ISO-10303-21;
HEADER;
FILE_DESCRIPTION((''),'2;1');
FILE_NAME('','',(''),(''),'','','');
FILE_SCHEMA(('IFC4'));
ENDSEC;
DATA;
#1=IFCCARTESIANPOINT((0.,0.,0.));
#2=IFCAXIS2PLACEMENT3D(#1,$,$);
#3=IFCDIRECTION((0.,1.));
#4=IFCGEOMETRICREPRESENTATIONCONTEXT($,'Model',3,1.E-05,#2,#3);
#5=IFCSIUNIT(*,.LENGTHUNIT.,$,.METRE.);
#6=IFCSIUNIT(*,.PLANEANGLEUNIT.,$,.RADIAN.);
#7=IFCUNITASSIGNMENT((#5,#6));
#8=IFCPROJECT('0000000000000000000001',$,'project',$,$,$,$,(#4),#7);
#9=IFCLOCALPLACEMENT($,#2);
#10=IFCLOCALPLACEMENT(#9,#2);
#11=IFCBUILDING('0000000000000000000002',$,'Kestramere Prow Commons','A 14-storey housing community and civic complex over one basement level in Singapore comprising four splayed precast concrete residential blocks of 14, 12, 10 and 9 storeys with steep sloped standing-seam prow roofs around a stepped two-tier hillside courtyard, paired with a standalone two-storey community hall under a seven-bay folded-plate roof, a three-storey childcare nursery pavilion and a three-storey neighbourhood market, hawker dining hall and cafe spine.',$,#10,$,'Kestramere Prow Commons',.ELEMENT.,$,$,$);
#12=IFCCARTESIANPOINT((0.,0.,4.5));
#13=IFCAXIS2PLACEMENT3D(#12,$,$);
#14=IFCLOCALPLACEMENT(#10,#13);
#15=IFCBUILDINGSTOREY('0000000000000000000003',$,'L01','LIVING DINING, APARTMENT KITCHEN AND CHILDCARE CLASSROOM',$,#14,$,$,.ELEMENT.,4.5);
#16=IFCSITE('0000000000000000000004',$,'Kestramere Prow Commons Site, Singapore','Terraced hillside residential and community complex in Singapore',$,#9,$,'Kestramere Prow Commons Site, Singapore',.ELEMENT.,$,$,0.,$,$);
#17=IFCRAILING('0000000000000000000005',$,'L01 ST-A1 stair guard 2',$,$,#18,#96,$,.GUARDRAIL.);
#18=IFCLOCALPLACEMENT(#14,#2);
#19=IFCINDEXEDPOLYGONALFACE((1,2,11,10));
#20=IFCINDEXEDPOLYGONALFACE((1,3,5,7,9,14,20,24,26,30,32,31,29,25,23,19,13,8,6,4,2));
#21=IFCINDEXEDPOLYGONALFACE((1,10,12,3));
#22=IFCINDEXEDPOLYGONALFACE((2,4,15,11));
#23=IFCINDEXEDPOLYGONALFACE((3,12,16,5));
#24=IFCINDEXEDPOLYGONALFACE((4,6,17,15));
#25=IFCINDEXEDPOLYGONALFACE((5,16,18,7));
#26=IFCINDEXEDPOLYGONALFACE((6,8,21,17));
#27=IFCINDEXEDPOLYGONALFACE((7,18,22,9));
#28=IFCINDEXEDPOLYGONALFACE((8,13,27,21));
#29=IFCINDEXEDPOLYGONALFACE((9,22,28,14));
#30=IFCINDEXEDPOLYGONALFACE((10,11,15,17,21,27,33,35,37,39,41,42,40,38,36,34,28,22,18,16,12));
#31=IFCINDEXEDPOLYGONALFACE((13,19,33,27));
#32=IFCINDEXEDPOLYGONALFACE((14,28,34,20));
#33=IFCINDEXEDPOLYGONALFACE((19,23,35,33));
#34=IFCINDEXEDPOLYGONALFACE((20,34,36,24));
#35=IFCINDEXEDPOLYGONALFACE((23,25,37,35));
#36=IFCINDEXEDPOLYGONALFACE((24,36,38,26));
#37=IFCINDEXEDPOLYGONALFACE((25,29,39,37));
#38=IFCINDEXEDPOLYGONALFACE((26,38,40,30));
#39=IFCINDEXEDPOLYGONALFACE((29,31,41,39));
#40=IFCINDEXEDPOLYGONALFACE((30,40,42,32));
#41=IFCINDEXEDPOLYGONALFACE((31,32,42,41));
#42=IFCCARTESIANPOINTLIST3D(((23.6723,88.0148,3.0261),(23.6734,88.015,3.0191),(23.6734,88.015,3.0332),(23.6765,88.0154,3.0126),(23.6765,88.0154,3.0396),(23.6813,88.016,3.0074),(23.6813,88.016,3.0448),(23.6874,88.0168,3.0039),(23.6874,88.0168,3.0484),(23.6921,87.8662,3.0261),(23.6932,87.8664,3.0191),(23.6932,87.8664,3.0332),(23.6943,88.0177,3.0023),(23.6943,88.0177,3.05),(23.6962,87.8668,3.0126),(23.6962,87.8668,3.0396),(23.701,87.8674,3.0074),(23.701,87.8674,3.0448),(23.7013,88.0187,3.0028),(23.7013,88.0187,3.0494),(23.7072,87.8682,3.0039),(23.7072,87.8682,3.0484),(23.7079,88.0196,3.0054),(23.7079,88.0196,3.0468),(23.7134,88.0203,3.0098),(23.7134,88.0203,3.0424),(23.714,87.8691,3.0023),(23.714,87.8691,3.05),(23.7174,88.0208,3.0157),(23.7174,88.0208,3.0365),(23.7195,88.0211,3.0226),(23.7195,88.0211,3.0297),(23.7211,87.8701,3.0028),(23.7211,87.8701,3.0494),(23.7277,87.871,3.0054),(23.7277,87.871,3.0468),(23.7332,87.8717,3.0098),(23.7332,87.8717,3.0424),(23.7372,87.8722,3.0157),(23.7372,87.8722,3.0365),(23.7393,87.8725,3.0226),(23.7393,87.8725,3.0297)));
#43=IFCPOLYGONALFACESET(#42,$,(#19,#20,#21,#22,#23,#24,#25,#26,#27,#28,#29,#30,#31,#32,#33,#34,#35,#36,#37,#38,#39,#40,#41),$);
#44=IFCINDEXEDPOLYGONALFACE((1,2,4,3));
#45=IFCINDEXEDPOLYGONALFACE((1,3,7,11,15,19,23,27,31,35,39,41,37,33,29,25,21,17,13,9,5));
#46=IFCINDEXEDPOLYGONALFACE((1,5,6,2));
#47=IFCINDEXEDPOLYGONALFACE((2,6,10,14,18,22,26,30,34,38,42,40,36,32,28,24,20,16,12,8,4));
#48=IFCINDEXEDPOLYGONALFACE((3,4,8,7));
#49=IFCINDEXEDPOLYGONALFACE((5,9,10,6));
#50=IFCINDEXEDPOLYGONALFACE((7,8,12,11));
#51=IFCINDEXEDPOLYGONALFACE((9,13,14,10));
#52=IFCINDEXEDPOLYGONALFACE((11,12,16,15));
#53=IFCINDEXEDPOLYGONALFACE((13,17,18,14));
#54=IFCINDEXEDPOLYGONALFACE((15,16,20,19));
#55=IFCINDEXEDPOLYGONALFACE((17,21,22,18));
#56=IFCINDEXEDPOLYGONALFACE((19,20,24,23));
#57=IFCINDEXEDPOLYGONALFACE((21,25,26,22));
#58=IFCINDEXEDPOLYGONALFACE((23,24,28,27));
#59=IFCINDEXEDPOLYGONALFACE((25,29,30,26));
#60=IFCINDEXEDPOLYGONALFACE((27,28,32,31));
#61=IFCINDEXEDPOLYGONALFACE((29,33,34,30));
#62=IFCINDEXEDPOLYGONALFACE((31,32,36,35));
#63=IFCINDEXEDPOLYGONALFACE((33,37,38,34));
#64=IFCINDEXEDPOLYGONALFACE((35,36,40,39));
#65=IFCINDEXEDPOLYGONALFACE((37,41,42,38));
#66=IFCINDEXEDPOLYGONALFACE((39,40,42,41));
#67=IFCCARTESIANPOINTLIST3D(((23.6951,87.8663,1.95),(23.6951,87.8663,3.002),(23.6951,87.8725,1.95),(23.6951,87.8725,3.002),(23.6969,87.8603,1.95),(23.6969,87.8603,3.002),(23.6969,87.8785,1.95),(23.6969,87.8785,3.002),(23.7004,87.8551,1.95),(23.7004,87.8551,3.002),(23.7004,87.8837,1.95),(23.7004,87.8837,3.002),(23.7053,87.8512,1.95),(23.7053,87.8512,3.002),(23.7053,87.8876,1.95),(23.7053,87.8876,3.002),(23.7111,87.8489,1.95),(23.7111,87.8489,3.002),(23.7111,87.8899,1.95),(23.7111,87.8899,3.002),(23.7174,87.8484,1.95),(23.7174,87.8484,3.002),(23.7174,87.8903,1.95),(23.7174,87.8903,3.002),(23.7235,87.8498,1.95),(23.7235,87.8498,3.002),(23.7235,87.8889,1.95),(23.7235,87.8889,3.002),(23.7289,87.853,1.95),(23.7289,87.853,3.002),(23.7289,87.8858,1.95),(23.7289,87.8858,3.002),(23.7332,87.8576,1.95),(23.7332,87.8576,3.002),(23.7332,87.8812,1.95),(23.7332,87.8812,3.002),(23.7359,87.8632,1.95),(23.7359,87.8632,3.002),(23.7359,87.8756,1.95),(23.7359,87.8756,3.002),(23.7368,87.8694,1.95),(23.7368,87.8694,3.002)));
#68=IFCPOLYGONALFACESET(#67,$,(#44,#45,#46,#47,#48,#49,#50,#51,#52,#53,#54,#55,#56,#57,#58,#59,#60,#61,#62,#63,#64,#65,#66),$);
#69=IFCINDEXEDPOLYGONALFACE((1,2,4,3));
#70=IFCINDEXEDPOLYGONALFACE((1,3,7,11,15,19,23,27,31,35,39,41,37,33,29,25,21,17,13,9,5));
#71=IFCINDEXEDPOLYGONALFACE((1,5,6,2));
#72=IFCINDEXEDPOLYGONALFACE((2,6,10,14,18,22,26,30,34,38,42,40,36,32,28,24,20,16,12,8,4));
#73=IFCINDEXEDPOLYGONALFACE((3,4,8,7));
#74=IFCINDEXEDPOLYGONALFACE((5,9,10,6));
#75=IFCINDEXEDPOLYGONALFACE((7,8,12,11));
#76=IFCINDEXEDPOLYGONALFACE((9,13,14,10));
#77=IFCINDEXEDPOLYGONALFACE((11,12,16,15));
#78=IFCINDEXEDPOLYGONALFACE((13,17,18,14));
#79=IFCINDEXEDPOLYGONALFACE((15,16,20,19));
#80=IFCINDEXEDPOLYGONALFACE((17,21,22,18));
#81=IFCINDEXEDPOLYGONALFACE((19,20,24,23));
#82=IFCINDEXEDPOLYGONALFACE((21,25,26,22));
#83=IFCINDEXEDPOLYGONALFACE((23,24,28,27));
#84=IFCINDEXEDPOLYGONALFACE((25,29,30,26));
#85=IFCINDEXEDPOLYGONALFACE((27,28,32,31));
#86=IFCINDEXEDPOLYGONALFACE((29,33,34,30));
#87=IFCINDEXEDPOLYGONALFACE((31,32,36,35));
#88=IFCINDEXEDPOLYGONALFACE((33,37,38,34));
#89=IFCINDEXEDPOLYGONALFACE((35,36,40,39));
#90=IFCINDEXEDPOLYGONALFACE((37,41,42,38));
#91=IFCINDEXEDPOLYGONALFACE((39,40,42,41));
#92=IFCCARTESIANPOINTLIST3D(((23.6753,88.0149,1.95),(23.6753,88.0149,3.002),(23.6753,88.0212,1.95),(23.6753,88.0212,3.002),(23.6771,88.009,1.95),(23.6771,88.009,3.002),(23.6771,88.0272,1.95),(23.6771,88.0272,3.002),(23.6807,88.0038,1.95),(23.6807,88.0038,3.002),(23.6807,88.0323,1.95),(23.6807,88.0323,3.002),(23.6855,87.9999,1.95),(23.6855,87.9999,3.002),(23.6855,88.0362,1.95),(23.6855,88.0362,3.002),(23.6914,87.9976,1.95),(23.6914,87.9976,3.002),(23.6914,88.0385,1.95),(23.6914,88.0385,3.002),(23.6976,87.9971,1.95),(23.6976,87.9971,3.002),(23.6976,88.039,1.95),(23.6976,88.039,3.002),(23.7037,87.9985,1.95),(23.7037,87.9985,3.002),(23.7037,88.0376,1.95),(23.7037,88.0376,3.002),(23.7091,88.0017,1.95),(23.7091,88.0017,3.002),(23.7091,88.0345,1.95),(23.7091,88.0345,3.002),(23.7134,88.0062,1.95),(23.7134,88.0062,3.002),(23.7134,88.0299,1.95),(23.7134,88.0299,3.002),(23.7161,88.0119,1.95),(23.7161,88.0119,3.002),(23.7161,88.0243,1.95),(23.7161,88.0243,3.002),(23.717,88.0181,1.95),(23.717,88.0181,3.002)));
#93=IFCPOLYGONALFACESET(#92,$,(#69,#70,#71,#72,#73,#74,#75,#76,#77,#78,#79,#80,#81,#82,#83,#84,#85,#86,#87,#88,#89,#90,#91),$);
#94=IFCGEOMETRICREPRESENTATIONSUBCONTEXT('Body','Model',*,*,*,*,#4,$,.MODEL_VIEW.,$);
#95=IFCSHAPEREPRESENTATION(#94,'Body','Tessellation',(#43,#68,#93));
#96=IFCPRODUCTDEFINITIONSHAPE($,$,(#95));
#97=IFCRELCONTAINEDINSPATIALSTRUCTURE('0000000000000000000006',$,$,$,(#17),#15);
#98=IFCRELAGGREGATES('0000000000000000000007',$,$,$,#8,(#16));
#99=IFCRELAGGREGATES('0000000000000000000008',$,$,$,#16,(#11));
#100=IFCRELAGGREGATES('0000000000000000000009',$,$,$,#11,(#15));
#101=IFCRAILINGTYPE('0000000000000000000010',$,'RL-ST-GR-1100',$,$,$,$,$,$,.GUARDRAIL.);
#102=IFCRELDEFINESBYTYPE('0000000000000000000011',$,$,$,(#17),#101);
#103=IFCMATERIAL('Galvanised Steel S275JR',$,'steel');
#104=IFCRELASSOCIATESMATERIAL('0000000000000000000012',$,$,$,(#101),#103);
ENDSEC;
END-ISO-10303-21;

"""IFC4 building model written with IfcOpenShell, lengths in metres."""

from ifc_helpers import new_model, si_unit, direction, frame, origin, origin_2d, place, context, subcontext, project, spatial, circle, extrude, material, type_object, element, save


model = new_model("IFC4")

# Units and contexts
model_context = context("Model", 3, precision=1e-05, world=origin(), true_north=direction((0.0, 1.0)))
body_context = subcontext(model_context, "Body", "Model", "MODEL_VIEW")
ifc_project = project(units=[si_unit("LENGTHUNIT", "METRE"), si_unit("PLANEANGLEUNIT", "RADIAN")], contexts=[model_context])

# Site, building, storey
site_placement = place(None, origin())
site = spatial("IfcSite", under=ifc_project, at=site_placement, Name="Kestramere Prow Commons Site, Singapore", Description="Terraced hillside residential and community complex in Singapore", LongName="Kestramere Prow Commons Site, Singapore", CompositionType="ELEMENT", RefElevation=0.0)
building_placement = place(site_placement, origin())
building = spatial("IfcBuilding", under=site, at=building_placement, Name="Kestramere Prow Commons", Description="A 14-storey housing community and civic complex over one basement level in Singapore comprising four splayed precast concrete residential blocks of 14, 12, 10 and 9 storeys with steep sloped standing-seam prow roofs around a stepped two-tier hillside courtyard, paired with a standalone two-storey community hall under a seven-bay folded-plate roof, a three-storey childcare nursery pavilion and a three-storey neighbourhood market, hawker dining hall and cafe spine.", LongName="Kestramere Prow Commons", CompositionType="ELEMENT")
storey_placement = place(building_placement, frame((0.0, 0.0, 4.5)))
storey = spatial("IfcBuildingStorey", under=building, at=storey_placement, Name="L01", Description="LIVING DINING, APARTMENT KITCHEN AND CHILDCARE CLASSROOM", CompositionType="ELEMENT", Elevation=4.5)

# Railing
ifc_material_1 = material(Name="Galvanised Steel S275JR", Category="steel")
railing_type_1 = type_object("IfcRailingType", Name="RL-ST-GR-1100", PredefinedType="GUARDRAIL", material=ifc_material_1)
railing_1_placement = place(storey_placement, frame((23.7158, 87.8694, 1.95)))
element("IfcRailing", 1, at=railing_1_placement, inside=storey, type_object=railing_type_1, Name="L01 ST-A1 stair guard 2", PredefinedType="GUARDRAIL", context=body_context, shape_type="SweptSolid", body=[
    extrude(circle(Radius=0.0239, at=origin_2d()), frame((0.0, 0.0, 1.0762), z_axis=(-0.131844, 0.99127, 0.0), x_axis=(-0.99127, -0.131844, 0.0)), (0.0, 0.0, 1.0), 0.1499),
    extrude(circle(Radius=0.021, at=origin_2d()), origin(), (0.0, 0.0, 1.0), 1.052),
    extrude(circle(Radius=0.021, at=origin_2d()), frame((-0.0198, 0.1487, 0.0)), (0.0, 0.0, 1.0), 1.052),
])

save(model, "model.ifc")
